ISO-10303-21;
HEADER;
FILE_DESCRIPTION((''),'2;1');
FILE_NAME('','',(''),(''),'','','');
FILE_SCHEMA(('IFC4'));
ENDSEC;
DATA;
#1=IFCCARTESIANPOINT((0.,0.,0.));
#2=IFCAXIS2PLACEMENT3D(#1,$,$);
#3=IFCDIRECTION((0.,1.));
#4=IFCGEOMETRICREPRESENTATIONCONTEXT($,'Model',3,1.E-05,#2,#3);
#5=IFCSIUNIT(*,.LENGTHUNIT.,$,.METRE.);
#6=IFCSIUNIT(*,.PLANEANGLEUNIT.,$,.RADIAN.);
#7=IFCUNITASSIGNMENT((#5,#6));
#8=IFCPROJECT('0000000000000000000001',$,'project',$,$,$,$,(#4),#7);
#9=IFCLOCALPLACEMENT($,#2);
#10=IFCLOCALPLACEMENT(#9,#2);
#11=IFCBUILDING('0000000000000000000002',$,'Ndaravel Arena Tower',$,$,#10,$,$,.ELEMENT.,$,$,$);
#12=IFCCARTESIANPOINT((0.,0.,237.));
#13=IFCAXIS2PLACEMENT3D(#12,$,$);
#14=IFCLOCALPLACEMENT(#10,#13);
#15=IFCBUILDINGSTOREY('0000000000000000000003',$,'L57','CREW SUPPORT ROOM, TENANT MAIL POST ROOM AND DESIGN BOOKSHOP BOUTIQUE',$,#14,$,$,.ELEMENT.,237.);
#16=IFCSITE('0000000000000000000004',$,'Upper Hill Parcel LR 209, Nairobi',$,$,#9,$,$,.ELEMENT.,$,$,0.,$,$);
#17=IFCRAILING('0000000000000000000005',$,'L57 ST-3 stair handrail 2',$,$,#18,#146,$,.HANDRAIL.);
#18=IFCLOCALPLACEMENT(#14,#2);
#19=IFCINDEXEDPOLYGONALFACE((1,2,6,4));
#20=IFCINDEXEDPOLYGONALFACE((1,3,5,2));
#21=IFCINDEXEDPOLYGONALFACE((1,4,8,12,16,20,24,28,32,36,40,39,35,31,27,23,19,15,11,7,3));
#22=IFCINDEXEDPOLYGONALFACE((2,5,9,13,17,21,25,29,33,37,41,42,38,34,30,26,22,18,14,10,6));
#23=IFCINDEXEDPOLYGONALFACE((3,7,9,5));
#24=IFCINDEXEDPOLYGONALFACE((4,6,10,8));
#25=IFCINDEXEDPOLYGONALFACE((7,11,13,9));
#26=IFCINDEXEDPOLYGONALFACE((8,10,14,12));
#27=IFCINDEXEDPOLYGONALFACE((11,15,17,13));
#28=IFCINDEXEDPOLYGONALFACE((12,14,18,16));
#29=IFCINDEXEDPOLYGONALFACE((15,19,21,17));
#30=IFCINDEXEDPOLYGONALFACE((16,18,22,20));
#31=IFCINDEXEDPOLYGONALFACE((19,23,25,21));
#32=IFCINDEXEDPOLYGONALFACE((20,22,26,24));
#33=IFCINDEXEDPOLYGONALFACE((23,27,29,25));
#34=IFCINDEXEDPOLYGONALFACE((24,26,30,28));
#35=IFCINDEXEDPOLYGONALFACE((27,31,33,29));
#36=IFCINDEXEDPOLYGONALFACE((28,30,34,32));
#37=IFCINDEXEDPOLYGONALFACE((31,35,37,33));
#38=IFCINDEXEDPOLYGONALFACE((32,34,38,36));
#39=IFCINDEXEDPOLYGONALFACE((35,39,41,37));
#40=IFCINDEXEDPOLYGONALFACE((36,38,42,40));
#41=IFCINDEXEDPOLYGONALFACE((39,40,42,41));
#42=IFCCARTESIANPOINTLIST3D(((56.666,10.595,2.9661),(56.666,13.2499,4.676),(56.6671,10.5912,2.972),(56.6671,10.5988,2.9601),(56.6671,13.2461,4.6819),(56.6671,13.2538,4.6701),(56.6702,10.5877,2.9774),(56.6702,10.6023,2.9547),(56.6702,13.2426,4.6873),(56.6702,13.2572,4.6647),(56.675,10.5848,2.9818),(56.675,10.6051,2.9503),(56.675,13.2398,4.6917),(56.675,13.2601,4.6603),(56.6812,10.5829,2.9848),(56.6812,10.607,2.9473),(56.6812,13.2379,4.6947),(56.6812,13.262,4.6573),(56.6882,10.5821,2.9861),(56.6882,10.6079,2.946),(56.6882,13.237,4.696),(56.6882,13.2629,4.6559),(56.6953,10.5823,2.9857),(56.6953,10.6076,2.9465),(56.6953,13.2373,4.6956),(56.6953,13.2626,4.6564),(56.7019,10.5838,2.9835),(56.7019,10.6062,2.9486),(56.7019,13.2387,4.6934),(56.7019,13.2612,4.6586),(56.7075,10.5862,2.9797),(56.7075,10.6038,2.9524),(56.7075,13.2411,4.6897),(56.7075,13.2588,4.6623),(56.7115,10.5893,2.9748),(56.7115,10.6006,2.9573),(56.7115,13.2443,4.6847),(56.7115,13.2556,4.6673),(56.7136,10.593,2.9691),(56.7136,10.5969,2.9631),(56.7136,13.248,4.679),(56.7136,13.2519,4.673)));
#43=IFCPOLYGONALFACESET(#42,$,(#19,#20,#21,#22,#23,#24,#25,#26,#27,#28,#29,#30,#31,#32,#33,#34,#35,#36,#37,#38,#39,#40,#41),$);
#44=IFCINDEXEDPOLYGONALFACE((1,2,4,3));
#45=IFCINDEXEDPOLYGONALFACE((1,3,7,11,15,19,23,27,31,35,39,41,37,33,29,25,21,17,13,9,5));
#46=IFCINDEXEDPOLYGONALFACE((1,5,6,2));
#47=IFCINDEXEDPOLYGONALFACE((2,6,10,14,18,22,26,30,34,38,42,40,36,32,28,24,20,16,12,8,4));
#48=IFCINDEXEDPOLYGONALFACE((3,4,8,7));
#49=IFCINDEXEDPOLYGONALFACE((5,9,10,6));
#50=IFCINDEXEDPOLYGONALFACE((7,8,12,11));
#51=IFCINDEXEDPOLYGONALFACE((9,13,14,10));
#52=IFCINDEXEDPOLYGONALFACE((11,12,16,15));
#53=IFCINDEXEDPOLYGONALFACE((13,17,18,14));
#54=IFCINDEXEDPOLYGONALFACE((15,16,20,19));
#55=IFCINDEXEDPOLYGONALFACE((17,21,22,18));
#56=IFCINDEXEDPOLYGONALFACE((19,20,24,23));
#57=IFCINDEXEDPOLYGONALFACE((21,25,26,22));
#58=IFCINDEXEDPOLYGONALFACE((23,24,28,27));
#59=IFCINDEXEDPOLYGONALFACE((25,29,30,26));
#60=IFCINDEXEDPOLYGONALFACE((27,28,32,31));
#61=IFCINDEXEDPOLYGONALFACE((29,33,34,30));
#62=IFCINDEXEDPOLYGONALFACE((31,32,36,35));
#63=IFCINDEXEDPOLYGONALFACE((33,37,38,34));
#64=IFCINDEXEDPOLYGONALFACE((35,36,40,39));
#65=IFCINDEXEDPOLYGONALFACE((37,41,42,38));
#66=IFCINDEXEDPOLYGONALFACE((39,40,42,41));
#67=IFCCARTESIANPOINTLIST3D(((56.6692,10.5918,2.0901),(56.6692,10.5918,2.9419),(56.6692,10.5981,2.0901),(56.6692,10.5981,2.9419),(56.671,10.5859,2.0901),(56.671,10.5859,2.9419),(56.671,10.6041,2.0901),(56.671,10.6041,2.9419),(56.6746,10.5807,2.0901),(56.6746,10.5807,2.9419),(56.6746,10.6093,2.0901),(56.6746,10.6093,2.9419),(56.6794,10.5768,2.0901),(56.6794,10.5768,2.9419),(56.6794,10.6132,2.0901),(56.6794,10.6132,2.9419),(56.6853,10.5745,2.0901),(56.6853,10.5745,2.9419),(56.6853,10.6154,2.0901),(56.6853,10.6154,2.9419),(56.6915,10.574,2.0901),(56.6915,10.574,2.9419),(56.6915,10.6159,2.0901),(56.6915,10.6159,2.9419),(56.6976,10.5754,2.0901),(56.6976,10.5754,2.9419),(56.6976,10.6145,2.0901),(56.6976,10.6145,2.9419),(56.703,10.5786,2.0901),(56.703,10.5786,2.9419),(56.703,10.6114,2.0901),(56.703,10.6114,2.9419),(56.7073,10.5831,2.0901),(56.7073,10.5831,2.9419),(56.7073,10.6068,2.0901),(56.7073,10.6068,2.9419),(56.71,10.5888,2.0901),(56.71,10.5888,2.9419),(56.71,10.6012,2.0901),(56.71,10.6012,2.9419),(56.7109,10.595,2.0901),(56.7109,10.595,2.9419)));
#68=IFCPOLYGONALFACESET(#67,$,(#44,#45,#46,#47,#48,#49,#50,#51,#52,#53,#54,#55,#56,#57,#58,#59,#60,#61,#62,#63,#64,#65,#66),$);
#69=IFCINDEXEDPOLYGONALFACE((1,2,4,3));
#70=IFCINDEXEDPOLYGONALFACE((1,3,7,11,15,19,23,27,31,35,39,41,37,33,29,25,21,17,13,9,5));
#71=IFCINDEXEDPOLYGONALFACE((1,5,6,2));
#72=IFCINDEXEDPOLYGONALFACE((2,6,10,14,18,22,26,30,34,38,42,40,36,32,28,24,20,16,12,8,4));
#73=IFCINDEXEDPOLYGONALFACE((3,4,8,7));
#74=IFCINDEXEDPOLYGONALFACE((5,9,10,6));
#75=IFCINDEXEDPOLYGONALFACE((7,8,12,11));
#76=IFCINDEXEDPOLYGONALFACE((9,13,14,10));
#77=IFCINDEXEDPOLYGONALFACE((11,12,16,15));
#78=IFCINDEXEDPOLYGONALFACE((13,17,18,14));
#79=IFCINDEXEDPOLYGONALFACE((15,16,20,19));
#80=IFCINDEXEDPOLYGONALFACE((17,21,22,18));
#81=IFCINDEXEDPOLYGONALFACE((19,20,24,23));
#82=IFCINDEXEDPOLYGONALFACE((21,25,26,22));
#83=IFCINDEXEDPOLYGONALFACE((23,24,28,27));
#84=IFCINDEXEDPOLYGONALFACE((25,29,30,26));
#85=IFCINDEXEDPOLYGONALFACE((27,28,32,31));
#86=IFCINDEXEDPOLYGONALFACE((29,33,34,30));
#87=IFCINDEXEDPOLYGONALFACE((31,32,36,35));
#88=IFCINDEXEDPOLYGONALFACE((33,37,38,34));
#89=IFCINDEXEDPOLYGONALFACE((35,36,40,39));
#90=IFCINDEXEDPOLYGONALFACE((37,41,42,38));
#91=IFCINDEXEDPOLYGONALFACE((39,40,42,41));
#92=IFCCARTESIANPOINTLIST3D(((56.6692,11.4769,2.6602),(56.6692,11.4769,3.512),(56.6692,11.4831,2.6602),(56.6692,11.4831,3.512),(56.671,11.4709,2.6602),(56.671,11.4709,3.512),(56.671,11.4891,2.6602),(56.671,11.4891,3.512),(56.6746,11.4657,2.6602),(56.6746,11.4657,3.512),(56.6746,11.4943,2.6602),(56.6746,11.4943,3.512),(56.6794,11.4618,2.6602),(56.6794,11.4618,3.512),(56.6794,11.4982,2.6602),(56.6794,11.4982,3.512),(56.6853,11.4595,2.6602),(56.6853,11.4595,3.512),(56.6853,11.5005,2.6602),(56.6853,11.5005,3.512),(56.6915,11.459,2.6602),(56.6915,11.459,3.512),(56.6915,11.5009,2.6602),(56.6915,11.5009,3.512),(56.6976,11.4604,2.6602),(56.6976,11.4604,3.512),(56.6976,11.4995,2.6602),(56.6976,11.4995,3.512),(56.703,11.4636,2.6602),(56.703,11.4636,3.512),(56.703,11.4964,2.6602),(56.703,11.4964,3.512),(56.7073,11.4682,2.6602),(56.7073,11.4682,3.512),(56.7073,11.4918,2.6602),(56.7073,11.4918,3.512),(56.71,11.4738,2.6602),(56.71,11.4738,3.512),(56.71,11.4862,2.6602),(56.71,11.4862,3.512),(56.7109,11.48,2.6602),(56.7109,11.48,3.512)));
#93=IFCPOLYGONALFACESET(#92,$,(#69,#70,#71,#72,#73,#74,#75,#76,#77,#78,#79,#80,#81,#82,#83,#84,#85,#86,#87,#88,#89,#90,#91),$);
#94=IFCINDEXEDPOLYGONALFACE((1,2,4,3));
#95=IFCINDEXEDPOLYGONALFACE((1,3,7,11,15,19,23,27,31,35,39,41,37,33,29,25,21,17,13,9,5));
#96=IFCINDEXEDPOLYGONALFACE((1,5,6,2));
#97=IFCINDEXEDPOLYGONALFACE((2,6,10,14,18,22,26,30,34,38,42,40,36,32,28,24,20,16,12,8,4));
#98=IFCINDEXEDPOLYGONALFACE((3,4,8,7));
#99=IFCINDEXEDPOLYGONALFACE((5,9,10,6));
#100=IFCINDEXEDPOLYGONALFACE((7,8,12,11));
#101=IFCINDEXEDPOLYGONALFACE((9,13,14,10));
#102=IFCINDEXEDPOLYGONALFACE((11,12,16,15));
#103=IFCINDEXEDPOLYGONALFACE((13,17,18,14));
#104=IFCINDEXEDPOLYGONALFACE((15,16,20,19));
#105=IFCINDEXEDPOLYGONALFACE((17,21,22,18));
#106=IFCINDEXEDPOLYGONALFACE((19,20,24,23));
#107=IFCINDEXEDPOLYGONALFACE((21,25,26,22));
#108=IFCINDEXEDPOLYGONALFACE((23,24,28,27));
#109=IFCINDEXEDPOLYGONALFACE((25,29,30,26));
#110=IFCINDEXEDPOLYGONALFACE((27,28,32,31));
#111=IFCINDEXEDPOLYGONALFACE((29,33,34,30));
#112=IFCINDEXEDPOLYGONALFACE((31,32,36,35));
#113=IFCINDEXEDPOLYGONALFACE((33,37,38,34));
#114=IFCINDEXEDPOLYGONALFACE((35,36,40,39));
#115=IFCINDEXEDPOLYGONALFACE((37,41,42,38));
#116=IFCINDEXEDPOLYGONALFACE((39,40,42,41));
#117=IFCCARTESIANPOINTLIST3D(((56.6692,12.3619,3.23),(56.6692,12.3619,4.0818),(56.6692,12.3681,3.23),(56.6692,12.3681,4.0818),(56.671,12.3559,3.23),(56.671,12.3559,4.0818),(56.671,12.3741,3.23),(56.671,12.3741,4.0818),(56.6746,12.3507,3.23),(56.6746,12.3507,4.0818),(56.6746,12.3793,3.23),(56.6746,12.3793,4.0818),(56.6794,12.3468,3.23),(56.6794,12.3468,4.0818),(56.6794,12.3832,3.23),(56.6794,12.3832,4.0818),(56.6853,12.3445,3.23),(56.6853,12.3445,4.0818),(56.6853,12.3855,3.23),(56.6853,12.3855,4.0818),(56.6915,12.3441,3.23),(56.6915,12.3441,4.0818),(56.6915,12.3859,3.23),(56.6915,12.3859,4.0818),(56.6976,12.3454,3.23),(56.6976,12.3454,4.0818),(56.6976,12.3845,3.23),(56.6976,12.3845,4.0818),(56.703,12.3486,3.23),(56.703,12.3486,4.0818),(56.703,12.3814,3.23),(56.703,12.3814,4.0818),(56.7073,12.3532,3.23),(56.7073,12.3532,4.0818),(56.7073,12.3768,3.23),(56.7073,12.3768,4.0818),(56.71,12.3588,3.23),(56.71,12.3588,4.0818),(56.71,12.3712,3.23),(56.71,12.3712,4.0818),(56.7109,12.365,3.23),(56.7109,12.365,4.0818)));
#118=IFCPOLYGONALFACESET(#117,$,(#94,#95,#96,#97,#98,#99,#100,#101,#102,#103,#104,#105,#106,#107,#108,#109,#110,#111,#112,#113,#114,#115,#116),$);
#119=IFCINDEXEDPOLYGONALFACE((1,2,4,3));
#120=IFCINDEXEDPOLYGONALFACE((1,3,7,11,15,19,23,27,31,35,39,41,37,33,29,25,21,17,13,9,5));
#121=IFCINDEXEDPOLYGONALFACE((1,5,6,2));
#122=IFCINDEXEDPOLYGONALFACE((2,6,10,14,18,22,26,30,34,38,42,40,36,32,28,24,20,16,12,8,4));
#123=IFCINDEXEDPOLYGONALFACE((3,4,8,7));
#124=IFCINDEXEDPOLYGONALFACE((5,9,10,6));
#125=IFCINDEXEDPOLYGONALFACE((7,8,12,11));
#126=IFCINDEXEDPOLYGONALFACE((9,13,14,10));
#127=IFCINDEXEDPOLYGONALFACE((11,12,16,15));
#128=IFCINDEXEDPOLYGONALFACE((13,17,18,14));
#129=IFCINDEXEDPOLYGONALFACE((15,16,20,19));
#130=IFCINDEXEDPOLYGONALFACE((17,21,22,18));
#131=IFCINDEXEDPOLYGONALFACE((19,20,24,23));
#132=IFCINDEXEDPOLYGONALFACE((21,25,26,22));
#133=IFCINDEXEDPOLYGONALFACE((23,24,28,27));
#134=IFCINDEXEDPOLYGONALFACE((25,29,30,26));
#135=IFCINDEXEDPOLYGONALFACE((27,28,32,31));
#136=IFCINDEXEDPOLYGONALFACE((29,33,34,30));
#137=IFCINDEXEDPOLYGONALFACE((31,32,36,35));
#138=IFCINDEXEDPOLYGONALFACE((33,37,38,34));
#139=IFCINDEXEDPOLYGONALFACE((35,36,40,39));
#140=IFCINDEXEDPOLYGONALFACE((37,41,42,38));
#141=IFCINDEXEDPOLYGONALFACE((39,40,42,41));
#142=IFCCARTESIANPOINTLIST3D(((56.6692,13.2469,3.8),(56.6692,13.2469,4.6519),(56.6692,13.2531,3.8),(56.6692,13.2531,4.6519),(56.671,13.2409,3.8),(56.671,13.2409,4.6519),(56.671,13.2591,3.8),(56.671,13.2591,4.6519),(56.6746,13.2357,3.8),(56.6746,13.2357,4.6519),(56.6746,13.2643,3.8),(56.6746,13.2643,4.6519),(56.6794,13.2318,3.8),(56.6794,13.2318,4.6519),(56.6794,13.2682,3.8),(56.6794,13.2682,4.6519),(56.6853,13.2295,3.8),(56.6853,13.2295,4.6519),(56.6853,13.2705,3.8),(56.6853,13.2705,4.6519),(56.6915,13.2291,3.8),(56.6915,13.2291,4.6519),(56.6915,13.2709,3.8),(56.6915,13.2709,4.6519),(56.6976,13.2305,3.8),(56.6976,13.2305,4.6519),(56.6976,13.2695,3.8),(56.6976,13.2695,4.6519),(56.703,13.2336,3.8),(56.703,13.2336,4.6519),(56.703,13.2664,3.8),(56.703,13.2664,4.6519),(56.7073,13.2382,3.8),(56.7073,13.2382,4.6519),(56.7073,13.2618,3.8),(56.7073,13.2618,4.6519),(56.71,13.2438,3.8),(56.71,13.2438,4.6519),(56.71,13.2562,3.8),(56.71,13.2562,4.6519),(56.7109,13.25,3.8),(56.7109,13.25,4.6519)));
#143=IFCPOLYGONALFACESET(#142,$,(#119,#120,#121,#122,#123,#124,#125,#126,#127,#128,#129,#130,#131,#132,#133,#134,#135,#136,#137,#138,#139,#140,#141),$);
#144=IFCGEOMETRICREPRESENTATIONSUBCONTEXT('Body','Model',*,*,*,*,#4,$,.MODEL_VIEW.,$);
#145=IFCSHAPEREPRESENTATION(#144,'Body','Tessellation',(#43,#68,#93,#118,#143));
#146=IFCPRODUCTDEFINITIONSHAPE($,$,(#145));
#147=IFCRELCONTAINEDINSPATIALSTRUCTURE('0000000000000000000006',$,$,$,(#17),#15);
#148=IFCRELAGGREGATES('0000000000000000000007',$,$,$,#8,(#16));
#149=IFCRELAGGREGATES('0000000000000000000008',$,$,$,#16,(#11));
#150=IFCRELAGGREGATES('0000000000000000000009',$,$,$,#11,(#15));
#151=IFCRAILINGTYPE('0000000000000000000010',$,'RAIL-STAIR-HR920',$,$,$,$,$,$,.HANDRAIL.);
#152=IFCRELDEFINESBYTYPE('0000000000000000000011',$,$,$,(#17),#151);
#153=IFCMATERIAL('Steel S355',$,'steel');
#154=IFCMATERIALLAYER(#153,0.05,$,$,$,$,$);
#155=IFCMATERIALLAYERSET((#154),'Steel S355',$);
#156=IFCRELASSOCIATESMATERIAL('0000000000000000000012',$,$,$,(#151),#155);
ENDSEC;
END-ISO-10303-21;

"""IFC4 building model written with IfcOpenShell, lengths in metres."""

from ifc_helpers import new_model, si_unit, direction, frame, origin, origin_2d, place, context, subcontext, project, spatial, circle, extrude, material, layer, layer_set, type_object, element, save


model = new_model("IFC4")

# Units and contexts
model_context = context("Model", 3, precision=1e-05, world=origin(), true_north=direction((0.0, 1.0)))
body_context = subcontext(model_context, "Body", "Model", "MODEL_VIEW")
ifc_project = project(units=[si_unit("LENGTHUNIT", "METRE"), si_unit("PLANEANGLEUNIT", "RADIAN")], contexts=[model_context])

# Site, building, storey
site_placement = place(None, origin())
site = spatial("IfcSite", under=ifc_project, at=site_placement, Name="Upper Hill Parcel LR 209, Nairobi", CompositionType="ELEMENT", RefElevation=0.0)
building_placement = place(site_placement, origin())
building = spatial("IfcBuilding", under=site, at=building_placement, Name="Ndaravel Arena Tower", CompositionType="ELEMENT")
storey_placement = place(building_placement, frame((0.0, 0.0, 237.0)))
storey = spatial("IfcBuildingStorey", under=building, at=storey_placement, Name="L57", Description="CREW SUPPORT ROOM, TENANT MAIL POST ROOM AND DESIGN BOOKSHOP BOUTIQUE", CompositionType="ELEMENT", Elevation=237.0)

# Railing
ifc_material_1 = material(Name="Steel S355", Category="steel")
ifc_layer_1 = layer(ifc_material_1, 0.05)
ifc_layer_set_1 = layer_set([ifc_layer_1], Name="Steel S355")
railing_type_1 = type_object("IfcRailingType", Name="RAIL-STAIR-HR920", PredefinedType="HANDRAIL", material=ifc_layer_set_1)
railing_1_placement = place(storey_placement, frame((56.6899, 10.595, 2.0901)))
element("IfcRailing", 1, at=railing_1_placement, inside=storey, type_object=railing_type_1, Name="L57 ST-3 stair handrail 2", PredefinedType="HANDRAIL", context=body_context, shape_type="SweptSolid", body=[
    extrude(circle(Radius=0.0239, at=origin_2d()), frame((0.0, 0.0, 0.876), z_axis=(0.0, 0.840724, 0.541465), x_axis=(-1.0, 0.0, 0.0)), (0.0, 0.0, 1.0), 3.158),
    extrude(circle(Radius=0.021, at=origin_2d()), origin(), (0.0, 0.0, 1.0), 0.8518),
    extrude(circle(Radius=0.021, at=origin_2d()), frame((0.0, 0.885, 0.5701)), (0.0, 0.0, 1.0), 0.8518),
    extrude(circle(Radius=0.021, at=origin_2d()), frame((0.0, 1.77, 1.1399)), (0.0, 0.0, 1.0), 0.8518),
    extrude(circle(Radius=0.021, at=origin_2d()), frame((0.0, 2.655, 1.71)), (0.0, 0.0, 1.0), 0.8518),
])

save(model, "model.ifc")
